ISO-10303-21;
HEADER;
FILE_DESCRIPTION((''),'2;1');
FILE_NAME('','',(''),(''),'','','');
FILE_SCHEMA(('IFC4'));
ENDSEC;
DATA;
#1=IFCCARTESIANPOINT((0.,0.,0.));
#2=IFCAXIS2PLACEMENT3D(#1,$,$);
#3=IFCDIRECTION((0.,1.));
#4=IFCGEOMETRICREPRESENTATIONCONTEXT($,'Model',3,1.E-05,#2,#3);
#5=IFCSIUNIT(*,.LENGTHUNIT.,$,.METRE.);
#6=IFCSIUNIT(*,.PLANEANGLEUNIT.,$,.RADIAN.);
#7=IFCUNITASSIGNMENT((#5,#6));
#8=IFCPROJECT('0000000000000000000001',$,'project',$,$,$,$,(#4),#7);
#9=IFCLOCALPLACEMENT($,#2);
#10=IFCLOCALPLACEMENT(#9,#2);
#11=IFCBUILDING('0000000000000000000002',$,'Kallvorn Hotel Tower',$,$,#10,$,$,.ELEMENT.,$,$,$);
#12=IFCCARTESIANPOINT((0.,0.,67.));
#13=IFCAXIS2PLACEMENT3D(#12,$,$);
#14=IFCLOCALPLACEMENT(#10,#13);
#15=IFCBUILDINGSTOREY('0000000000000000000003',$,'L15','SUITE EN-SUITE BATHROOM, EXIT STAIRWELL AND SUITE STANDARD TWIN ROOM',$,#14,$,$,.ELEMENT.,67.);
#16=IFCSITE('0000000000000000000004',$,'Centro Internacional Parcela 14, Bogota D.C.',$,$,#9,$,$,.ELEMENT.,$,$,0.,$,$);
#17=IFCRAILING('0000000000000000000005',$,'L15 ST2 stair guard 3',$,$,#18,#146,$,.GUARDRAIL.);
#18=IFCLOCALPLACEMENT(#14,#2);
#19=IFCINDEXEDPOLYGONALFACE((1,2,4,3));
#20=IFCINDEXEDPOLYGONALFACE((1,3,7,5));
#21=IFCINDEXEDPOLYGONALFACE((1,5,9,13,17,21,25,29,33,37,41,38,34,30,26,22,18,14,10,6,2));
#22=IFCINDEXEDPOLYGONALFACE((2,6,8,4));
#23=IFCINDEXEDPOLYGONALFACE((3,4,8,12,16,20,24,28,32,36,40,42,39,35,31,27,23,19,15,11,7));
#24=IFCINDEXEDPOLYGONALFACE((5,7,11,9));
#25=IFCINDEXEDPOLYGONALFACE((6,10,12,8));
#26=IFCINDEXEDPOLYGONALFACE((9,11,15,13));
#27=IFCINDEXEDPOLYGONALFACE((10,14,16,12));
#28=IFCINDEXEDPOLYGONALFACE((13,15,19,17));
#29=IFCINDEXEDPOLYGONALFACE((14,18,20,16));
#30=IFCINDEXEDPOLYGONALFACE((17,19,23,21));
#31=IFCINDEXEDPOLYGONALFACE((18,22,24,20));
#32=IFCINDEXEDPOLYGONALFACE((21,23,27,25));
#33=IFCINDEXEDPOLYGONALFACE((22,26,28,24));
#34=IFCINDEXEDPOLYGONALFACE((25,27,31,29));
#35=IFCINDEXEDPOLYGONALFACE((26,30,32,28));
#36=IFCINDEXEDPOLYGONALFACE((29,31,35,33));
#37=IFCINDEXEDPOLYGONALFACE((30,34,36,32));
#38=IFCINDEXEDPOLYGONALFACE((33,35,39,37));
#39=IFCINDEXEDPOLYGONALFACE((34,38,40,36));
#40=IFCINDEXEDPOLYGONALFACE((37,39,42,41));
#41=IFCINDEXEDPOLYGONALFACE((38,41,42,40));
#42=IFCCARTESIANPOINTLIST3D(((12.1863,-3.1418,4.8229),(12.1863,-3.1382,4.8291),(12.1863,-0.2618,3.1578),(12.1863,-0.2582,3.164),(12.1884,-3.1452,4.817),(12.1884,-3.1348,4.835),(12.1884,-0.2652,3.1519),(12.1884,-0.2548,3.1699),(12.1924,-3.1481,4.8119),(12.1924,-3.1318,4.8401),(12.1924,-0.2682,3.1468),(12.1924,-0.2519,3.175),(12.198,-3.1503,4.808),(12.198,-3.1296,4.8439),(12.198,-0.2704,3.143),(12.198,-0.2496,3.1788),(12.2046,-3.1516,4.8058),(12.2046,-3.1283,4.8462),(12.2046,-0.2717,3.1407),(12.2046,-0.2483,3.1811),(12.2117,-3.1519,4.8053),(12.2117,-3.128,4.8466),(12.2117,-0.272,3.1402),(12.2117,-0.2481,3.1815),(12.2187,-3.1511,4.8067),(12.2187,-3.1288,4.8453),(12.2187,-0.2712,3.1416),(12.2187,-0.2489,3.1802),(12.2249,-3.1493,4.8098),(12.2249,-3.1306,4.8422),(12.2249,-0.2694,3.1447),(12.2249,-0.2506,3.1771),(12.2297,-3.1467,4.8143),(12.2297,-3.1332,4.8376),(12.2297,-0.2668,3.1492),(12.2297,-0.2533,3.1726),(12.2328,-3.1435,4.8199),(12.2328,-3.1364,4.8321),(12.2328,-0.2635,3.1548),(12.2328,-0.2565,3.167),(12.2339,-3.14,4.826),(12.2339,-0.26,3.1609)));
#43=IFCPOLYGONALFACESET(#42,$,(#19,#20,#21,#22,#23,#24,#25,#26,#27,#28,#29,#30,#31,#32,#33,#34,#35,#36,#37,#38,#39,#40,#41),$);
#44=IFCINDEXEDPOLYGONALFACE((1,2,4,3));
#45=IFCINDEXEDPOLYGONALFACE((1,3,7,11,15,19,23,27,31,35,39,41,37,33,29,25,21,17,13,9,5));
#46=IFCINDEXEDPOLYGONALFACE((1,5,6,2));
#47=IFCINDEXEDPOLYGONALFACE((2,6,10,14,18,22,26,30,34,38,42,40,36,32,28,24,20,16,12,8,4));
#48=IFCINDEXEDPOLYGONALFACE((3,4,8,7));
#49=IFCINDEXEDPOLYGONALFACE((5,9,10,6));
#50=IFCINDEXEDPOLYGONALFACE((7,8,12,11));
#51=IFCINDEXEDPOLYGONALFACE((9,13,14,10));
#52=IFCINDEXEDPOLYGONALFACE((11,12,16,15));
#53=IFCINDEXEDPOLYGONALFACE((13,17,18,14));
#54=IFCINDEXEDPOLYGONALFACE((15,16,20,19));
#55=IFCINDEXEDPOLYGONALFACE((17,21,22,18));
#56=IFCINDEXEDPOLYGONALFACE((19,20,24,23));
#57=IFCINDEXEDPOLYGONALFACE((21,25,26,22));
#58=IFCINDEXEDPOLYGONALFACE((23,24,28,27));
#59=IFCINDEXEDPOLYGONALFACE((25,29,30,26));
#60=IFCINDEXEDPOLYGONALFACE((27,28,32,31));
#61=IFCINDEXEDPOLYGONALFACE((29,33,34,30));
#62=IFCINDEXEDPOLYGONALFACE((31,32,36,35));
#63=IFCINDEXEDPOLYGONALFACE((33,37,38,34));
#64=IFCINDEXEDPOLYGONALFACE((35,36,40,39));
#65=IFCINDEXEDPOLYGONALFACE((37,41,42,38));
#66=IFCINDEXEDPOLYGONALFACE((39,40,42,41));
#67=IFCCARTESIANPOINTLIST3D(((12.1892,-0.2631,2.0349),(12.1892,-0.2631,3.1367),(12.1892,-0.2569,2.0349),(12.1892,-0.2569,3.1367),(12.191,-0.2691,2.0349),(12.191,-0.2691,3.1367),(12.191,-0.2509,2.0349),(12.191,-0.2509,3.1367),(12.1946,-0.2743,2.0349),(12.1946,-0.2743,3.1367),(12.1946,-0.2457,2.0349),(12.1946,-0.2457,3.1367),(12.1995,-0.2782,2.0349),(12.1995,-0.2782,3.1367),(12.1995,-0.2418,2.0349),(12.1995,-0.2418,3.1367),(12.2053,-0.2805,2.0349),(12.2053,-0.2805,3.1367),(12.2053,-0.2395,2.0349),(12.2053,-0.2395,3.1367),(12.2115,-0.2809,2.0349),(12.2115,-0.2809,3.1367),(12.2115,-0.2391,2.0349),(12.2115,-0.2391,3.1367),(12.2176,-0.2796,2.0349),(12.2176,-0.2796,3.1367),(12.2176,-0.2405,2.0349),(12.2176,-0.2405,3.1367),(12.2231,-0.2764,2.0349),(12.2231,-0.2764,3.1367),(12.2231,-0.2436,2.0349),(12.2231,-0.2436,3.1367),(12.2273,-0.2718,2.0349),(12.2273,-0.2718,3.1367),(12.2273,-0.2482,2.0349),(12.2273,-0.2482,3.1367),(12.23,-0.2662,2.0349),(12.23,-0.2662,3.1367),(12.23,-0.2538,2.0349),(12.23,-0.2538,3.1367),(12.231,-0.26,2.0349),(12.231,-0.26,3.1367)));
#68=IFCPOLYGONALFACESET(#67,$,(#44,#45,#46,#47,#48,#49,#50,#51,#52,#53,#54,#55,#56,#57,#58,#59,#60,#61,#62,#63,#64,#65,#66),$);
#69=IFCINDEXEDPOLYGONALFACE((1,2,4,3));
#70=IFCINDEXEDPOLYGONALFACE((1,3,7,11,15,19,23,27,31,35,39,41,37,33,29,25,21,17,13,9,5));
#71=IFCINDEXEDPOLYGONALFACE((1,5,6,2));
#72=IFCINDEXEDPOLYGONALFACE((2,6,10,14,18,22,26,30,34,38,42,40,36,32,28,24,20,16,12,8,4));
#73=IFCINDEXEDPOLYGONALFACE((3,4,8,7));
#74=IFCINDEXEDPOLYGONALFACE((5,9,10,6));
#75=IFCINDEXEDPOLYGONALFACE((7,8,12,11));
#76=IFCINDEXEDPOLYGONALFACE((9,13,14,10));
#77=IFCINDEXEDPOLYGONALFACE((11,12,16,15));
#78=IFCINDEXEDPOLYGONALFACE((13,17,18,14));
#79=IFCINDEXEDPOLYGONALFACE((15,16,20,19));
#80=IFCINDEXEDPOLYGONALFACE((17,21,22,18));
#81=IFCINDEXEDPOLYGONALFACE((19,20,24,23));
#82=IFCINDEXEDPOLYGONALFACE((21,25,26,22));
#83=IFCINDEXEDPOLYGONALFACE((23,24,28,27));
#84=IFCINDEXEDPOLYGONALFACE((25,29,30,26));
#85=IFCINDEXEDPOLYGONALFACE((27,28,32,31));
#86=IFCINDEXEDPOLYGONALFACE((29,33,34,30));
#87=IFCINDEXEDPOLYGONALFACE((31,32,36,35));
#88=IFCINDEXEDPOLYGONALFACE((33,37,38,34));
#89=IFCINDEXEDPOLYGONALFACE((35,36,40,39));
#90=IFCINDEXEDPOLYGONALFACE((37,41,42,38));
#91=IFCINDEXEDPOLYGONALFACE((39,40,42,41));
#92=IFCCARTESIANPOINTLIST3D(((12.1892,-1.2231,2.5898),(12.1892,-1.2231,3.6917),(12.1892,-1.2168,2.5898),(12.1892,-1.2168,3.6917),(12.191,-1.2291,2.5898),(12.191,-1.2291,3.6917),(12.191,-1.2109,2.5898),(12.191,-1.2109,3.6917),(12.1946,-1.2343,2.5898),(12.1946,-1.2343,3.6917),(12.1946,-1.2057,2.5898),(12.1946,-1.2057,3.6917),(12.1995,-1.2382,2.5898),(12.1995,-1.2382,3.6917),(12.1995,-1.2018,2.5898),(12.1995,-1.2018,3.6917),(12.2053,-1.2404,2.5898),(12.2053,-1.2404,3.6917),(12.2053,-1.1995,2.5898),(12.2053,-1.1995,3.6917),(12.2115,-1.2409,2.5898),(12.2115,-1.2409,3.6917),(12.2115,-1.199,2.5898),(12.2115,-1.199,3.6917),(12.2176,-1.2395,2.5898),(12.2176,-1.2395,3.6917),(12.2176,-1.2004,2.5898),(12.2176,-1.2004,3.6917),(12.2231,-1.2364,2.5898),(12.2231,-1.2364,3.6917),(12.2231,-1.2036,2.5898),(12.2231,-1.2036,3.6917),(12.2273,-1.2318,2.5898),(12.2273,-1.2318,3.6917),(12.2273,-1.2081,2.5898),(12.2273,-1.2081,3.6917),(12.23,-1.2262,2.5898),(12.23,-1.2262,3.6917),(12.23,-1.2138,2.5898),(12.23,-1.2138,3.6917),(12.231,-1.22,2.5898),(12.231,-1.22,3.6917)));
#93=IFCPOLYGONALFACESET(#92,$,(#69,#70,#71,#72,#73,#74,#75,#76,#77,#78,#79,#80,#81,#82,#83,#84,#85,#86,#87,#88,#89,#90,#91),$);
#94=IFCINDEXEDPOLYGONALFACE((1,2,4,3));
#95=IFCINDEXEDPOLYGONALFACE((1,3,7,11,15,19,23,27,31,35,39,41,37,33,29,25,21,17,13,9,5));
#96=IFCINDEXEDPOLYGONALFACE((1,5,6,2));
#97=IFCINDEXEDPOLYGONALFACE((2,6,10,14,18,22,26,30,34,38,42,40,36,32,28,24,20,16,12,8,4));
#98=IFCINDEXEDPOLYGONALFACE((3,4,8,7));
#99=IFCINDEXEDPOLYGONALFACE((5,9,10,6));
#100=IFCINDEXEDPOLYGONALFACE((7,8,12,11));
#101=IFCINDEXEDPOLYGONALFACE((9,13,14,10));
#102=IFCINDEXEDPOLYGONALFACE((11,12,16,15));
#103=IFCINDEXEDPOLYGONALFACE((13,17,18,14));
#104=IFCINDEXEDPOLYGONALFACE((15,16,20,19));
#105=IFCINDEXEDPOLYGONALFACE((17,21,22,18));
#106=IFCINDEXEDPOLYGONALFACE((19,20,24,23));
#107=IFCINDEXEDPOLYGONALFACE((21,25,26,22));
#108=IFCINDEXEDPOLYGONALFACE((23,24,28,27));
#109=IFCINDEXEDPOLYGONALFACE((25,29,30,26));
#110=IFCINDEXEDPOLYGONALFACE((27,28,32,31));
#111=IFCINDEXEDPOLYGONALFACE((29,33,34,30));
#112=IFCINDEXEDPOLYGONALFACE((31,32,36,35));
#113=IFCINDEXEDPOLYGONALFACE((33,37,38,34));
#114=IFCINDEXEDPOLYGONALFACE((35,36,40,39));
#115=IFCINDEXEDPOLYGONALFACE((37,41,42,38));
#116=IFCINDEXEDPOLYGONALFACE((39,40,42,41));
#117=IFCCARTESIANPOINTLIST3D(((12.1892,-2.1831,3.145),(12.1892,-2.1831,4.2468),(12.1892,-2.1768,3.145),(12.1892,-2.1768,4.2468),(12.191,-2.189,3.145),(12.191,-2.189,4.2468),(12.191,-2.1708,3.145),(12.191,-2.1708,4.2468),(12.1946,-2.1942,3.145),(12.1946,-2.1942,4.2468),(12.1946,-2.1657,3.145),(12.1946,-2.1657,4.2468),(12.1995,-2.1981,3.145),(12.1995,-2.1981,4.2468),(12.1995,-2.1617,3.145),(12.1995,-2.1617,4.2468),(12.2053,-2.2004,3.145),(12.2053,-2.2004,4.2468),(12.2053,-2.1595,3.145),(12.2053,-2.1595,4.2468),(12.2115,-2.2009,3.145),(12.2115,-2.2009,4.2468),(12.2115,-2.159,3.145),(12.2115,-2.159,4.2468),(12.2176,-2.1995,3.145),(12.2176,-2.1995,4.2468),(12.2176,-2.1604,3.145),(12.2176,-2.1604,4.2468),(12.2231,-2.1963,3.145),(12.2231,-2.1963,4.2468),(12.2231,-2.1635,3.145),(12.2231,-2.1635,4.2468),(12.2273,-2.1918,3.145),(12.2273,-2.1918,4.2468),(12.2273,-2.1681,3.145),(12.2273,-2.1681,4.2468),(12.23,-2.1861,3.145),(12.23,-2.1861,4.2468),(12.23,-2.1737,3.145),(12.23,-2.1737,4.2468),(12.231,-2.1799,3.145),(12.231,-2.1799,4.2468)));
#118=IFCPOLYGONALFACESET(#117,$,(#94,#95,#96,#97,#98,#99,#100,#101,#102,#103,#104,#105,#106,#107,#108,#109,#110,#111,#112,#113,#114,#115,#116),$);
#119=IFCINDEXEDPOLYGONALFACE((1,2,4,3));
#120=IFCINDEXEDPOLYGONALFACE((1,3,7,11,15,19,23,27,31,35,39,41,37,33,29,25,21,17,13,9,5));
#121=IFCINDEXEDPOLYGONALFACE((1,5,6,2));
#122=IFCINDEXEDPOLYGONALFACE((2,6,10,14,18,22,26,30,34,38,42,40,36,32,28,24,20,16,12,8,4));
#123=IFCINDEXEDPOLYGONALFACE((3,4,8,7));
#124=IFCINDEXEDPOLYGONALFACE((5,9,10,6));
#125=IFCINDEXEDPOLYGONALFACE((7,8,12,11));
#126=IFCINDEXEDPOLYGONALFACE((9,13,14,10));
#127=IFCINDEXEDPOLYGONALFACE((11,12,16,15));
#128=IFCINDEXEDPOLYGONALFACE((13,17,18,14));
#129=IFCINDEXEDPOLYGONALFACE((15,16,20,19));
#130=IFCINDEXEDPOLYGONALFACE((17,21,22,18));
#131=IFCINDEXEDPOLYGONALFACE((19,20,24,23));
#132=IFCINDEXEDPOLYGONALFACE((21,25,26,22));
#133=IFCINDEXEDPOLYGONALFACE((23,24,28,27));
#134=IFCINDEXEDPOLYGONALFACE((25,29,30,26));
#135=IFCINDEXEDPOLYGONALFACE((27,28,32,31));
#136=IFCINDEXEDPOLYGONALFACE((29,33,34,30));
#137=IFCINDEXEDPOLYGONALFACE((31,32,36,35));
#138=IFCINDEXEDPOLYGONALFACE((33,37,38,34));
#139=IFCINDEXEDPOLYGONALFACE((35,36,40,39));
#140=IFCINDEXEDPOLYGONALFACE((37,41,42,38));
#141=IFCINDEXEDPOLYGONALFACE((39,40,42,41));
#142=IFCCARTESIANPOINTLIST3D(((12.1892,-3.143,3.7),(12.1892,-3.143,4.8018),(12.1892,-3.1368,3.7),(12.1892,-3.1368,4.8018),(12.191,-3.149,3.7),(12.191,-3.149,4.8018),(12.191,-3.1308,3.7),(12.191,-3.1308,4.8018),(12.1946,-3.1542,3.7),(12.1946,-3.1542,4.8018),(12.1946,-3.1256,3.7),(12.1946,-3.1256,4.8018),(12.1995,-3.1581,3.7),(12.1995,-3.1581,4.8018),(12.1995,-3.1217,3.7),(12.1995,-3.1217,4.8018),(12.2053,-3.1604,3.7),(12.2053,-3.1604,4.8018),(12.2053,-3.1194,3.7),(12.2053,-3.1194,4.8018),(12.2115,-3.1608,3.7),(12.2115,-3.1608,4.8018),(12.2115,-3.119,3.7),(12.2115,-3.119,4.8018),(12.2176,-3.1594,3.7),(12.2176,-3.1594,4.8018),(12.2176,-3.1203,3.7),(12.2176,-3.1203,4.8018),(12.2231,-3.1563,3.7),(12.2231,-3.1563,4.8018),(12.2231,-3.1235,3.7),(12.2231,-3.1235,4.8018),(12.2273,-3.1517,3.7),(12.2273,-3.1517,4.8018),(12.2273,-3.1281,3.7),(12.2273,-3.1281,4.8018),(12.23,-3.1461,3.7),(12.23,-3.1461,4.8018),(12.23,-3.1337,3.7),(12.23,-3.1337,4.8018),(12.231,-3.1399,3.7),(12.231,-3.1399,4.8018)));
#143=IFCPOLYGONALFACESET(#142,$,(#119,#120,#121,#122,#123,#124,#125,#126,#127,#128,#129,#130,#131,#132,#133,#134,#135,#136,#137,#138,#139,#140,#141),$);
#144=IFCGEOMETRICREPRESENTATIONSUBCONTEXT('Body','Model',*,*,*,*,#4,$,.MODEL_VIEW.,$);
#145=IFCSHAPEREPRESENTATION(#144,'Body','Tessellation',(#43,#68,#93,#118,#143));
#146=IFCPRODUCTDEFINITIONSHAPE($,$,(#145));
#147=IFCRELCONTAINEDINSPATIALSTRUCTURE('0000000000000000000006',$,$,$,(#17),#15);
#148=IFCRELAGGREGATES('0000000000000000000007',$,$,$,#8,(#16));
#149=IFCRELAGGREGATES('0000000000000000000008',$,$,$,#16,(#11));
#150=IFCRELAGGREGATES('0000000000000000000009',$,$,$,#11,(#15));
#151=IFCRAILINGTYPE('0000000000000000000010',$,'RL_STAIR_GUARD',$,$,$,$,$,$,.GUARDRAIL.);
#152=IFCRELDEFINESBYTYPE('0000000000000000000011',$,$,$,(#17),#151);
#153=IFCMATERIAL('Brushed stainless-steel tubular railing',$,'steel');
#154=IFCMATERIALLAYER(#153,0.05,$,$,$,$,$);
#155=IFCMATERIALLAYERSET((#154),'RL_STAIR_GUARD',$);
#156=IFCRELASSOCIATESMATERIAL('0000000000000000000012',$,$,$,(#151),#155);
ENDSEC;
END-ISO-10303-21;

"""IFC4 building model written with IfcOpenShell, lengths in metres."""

from ifc_helpers import new_model, si_unit, direction, frame, origin, origin_2d, place, context, subcontext, project, spatial, circle, extrude, material, layer, layer_set, type_object, element, save


model = new_model("IFC4")

# Units and contexts
model_context = context("Model", 3, precision=1e-05, world=origin(), true_north=direction((0.0, 1.0)))
body_context = subcontext(model_context, "Body", "Model", "MODEL_VIEW")
ifc_project = project(units=[si_unit("LENGTHUNIT", "METRE"), si_unit("PLANEANGLEUNIT", "RADIAN")], contexts=[model_context])

# Site, building, storey
site_placement = place(None, origin())
site = spatial("IfcSite", under=ifc_project, at=site_placement, Name="Centro Internacional Parcela 14, Bogota D.C.", CompositionType="ELEMENT", RefElevation=0.0)
building_placement = place(site_placement, origin())
building = spatial("IfcBuilding", under=site, at=building_placement, Name="Kallvorn Hotel Tower", CompositionType="ELEMENT")
storey_placement = place(building_placement, frame((0.0, 0.0, 67.0)))
storey = spatial("IfcBuildingStorey", under=building, at=storey_placement, Name="L15", Description="SUITE EN-SUITE BATHROOM, EXIT STAIRWELL AND SUITE STANDARD TWIN ROOM", CompositionType="ELEMENT", Elevation=67.0)

# Railing
ifc_material_1 = material(Name="Brushed stainless-steel tubular railing", Category="steel")
ifc_layer_1 = layer(ifc_material_1, 0.05)
ifc_layer_set_1 = layer_set([ifc_layer_1], Name="RL_STAIR_GUARD")
railing_type_1 = type_object("IfcRailingType", Name="RL_STAIR_GUARD", PredefinedType="GUARDRAIL", material=ifc_layer_set_1)
railing_1_placement = place(storey_placement, frame((12.21, -0.26, 2.0349)))
element("IfcRailing", 1, at=railing_1_placement, inside=storey, type_object=railing_type_1, Name="L15 ST2 stair guard 3", PredefinedType="GUARDRAIL", context=body_context, shape_type="SweptSolid", body=[
    extrude(circle(Radius=0.0239, at=origin_2d()), frame((0.0, 0.0, 1.126), z_axis=(0.0, -0.865721, 0.500527), x_axis=(1.0, 0.0, 0.0)), (0.0, 0.0, 1.0), 3.3267),
    extrude(circle(Radius=0.021, at=origin_2d()), origin(), (0.0, 0.0, 1.0), 1.1018),
    extrude(circle(Radius=0.021, at=origin_2d()), frame((0.0, -0.96, 0.5549)), (0.0, 0.0, 1.0), 1.1018),
    extrude(circle(Radius=0.021, at=origin_2d()), frame((0.0, -1.9199, 1.1101)), (0.0, 0.0, 1.0), 1.1018),
    extrude(circle(Radius=0.021, at=origin_2d()), frame((0.0, -2.8799, 1.665)), (0.0, 0.0, 1.0), 1.1018),
])

save(model, "model.ifc")
